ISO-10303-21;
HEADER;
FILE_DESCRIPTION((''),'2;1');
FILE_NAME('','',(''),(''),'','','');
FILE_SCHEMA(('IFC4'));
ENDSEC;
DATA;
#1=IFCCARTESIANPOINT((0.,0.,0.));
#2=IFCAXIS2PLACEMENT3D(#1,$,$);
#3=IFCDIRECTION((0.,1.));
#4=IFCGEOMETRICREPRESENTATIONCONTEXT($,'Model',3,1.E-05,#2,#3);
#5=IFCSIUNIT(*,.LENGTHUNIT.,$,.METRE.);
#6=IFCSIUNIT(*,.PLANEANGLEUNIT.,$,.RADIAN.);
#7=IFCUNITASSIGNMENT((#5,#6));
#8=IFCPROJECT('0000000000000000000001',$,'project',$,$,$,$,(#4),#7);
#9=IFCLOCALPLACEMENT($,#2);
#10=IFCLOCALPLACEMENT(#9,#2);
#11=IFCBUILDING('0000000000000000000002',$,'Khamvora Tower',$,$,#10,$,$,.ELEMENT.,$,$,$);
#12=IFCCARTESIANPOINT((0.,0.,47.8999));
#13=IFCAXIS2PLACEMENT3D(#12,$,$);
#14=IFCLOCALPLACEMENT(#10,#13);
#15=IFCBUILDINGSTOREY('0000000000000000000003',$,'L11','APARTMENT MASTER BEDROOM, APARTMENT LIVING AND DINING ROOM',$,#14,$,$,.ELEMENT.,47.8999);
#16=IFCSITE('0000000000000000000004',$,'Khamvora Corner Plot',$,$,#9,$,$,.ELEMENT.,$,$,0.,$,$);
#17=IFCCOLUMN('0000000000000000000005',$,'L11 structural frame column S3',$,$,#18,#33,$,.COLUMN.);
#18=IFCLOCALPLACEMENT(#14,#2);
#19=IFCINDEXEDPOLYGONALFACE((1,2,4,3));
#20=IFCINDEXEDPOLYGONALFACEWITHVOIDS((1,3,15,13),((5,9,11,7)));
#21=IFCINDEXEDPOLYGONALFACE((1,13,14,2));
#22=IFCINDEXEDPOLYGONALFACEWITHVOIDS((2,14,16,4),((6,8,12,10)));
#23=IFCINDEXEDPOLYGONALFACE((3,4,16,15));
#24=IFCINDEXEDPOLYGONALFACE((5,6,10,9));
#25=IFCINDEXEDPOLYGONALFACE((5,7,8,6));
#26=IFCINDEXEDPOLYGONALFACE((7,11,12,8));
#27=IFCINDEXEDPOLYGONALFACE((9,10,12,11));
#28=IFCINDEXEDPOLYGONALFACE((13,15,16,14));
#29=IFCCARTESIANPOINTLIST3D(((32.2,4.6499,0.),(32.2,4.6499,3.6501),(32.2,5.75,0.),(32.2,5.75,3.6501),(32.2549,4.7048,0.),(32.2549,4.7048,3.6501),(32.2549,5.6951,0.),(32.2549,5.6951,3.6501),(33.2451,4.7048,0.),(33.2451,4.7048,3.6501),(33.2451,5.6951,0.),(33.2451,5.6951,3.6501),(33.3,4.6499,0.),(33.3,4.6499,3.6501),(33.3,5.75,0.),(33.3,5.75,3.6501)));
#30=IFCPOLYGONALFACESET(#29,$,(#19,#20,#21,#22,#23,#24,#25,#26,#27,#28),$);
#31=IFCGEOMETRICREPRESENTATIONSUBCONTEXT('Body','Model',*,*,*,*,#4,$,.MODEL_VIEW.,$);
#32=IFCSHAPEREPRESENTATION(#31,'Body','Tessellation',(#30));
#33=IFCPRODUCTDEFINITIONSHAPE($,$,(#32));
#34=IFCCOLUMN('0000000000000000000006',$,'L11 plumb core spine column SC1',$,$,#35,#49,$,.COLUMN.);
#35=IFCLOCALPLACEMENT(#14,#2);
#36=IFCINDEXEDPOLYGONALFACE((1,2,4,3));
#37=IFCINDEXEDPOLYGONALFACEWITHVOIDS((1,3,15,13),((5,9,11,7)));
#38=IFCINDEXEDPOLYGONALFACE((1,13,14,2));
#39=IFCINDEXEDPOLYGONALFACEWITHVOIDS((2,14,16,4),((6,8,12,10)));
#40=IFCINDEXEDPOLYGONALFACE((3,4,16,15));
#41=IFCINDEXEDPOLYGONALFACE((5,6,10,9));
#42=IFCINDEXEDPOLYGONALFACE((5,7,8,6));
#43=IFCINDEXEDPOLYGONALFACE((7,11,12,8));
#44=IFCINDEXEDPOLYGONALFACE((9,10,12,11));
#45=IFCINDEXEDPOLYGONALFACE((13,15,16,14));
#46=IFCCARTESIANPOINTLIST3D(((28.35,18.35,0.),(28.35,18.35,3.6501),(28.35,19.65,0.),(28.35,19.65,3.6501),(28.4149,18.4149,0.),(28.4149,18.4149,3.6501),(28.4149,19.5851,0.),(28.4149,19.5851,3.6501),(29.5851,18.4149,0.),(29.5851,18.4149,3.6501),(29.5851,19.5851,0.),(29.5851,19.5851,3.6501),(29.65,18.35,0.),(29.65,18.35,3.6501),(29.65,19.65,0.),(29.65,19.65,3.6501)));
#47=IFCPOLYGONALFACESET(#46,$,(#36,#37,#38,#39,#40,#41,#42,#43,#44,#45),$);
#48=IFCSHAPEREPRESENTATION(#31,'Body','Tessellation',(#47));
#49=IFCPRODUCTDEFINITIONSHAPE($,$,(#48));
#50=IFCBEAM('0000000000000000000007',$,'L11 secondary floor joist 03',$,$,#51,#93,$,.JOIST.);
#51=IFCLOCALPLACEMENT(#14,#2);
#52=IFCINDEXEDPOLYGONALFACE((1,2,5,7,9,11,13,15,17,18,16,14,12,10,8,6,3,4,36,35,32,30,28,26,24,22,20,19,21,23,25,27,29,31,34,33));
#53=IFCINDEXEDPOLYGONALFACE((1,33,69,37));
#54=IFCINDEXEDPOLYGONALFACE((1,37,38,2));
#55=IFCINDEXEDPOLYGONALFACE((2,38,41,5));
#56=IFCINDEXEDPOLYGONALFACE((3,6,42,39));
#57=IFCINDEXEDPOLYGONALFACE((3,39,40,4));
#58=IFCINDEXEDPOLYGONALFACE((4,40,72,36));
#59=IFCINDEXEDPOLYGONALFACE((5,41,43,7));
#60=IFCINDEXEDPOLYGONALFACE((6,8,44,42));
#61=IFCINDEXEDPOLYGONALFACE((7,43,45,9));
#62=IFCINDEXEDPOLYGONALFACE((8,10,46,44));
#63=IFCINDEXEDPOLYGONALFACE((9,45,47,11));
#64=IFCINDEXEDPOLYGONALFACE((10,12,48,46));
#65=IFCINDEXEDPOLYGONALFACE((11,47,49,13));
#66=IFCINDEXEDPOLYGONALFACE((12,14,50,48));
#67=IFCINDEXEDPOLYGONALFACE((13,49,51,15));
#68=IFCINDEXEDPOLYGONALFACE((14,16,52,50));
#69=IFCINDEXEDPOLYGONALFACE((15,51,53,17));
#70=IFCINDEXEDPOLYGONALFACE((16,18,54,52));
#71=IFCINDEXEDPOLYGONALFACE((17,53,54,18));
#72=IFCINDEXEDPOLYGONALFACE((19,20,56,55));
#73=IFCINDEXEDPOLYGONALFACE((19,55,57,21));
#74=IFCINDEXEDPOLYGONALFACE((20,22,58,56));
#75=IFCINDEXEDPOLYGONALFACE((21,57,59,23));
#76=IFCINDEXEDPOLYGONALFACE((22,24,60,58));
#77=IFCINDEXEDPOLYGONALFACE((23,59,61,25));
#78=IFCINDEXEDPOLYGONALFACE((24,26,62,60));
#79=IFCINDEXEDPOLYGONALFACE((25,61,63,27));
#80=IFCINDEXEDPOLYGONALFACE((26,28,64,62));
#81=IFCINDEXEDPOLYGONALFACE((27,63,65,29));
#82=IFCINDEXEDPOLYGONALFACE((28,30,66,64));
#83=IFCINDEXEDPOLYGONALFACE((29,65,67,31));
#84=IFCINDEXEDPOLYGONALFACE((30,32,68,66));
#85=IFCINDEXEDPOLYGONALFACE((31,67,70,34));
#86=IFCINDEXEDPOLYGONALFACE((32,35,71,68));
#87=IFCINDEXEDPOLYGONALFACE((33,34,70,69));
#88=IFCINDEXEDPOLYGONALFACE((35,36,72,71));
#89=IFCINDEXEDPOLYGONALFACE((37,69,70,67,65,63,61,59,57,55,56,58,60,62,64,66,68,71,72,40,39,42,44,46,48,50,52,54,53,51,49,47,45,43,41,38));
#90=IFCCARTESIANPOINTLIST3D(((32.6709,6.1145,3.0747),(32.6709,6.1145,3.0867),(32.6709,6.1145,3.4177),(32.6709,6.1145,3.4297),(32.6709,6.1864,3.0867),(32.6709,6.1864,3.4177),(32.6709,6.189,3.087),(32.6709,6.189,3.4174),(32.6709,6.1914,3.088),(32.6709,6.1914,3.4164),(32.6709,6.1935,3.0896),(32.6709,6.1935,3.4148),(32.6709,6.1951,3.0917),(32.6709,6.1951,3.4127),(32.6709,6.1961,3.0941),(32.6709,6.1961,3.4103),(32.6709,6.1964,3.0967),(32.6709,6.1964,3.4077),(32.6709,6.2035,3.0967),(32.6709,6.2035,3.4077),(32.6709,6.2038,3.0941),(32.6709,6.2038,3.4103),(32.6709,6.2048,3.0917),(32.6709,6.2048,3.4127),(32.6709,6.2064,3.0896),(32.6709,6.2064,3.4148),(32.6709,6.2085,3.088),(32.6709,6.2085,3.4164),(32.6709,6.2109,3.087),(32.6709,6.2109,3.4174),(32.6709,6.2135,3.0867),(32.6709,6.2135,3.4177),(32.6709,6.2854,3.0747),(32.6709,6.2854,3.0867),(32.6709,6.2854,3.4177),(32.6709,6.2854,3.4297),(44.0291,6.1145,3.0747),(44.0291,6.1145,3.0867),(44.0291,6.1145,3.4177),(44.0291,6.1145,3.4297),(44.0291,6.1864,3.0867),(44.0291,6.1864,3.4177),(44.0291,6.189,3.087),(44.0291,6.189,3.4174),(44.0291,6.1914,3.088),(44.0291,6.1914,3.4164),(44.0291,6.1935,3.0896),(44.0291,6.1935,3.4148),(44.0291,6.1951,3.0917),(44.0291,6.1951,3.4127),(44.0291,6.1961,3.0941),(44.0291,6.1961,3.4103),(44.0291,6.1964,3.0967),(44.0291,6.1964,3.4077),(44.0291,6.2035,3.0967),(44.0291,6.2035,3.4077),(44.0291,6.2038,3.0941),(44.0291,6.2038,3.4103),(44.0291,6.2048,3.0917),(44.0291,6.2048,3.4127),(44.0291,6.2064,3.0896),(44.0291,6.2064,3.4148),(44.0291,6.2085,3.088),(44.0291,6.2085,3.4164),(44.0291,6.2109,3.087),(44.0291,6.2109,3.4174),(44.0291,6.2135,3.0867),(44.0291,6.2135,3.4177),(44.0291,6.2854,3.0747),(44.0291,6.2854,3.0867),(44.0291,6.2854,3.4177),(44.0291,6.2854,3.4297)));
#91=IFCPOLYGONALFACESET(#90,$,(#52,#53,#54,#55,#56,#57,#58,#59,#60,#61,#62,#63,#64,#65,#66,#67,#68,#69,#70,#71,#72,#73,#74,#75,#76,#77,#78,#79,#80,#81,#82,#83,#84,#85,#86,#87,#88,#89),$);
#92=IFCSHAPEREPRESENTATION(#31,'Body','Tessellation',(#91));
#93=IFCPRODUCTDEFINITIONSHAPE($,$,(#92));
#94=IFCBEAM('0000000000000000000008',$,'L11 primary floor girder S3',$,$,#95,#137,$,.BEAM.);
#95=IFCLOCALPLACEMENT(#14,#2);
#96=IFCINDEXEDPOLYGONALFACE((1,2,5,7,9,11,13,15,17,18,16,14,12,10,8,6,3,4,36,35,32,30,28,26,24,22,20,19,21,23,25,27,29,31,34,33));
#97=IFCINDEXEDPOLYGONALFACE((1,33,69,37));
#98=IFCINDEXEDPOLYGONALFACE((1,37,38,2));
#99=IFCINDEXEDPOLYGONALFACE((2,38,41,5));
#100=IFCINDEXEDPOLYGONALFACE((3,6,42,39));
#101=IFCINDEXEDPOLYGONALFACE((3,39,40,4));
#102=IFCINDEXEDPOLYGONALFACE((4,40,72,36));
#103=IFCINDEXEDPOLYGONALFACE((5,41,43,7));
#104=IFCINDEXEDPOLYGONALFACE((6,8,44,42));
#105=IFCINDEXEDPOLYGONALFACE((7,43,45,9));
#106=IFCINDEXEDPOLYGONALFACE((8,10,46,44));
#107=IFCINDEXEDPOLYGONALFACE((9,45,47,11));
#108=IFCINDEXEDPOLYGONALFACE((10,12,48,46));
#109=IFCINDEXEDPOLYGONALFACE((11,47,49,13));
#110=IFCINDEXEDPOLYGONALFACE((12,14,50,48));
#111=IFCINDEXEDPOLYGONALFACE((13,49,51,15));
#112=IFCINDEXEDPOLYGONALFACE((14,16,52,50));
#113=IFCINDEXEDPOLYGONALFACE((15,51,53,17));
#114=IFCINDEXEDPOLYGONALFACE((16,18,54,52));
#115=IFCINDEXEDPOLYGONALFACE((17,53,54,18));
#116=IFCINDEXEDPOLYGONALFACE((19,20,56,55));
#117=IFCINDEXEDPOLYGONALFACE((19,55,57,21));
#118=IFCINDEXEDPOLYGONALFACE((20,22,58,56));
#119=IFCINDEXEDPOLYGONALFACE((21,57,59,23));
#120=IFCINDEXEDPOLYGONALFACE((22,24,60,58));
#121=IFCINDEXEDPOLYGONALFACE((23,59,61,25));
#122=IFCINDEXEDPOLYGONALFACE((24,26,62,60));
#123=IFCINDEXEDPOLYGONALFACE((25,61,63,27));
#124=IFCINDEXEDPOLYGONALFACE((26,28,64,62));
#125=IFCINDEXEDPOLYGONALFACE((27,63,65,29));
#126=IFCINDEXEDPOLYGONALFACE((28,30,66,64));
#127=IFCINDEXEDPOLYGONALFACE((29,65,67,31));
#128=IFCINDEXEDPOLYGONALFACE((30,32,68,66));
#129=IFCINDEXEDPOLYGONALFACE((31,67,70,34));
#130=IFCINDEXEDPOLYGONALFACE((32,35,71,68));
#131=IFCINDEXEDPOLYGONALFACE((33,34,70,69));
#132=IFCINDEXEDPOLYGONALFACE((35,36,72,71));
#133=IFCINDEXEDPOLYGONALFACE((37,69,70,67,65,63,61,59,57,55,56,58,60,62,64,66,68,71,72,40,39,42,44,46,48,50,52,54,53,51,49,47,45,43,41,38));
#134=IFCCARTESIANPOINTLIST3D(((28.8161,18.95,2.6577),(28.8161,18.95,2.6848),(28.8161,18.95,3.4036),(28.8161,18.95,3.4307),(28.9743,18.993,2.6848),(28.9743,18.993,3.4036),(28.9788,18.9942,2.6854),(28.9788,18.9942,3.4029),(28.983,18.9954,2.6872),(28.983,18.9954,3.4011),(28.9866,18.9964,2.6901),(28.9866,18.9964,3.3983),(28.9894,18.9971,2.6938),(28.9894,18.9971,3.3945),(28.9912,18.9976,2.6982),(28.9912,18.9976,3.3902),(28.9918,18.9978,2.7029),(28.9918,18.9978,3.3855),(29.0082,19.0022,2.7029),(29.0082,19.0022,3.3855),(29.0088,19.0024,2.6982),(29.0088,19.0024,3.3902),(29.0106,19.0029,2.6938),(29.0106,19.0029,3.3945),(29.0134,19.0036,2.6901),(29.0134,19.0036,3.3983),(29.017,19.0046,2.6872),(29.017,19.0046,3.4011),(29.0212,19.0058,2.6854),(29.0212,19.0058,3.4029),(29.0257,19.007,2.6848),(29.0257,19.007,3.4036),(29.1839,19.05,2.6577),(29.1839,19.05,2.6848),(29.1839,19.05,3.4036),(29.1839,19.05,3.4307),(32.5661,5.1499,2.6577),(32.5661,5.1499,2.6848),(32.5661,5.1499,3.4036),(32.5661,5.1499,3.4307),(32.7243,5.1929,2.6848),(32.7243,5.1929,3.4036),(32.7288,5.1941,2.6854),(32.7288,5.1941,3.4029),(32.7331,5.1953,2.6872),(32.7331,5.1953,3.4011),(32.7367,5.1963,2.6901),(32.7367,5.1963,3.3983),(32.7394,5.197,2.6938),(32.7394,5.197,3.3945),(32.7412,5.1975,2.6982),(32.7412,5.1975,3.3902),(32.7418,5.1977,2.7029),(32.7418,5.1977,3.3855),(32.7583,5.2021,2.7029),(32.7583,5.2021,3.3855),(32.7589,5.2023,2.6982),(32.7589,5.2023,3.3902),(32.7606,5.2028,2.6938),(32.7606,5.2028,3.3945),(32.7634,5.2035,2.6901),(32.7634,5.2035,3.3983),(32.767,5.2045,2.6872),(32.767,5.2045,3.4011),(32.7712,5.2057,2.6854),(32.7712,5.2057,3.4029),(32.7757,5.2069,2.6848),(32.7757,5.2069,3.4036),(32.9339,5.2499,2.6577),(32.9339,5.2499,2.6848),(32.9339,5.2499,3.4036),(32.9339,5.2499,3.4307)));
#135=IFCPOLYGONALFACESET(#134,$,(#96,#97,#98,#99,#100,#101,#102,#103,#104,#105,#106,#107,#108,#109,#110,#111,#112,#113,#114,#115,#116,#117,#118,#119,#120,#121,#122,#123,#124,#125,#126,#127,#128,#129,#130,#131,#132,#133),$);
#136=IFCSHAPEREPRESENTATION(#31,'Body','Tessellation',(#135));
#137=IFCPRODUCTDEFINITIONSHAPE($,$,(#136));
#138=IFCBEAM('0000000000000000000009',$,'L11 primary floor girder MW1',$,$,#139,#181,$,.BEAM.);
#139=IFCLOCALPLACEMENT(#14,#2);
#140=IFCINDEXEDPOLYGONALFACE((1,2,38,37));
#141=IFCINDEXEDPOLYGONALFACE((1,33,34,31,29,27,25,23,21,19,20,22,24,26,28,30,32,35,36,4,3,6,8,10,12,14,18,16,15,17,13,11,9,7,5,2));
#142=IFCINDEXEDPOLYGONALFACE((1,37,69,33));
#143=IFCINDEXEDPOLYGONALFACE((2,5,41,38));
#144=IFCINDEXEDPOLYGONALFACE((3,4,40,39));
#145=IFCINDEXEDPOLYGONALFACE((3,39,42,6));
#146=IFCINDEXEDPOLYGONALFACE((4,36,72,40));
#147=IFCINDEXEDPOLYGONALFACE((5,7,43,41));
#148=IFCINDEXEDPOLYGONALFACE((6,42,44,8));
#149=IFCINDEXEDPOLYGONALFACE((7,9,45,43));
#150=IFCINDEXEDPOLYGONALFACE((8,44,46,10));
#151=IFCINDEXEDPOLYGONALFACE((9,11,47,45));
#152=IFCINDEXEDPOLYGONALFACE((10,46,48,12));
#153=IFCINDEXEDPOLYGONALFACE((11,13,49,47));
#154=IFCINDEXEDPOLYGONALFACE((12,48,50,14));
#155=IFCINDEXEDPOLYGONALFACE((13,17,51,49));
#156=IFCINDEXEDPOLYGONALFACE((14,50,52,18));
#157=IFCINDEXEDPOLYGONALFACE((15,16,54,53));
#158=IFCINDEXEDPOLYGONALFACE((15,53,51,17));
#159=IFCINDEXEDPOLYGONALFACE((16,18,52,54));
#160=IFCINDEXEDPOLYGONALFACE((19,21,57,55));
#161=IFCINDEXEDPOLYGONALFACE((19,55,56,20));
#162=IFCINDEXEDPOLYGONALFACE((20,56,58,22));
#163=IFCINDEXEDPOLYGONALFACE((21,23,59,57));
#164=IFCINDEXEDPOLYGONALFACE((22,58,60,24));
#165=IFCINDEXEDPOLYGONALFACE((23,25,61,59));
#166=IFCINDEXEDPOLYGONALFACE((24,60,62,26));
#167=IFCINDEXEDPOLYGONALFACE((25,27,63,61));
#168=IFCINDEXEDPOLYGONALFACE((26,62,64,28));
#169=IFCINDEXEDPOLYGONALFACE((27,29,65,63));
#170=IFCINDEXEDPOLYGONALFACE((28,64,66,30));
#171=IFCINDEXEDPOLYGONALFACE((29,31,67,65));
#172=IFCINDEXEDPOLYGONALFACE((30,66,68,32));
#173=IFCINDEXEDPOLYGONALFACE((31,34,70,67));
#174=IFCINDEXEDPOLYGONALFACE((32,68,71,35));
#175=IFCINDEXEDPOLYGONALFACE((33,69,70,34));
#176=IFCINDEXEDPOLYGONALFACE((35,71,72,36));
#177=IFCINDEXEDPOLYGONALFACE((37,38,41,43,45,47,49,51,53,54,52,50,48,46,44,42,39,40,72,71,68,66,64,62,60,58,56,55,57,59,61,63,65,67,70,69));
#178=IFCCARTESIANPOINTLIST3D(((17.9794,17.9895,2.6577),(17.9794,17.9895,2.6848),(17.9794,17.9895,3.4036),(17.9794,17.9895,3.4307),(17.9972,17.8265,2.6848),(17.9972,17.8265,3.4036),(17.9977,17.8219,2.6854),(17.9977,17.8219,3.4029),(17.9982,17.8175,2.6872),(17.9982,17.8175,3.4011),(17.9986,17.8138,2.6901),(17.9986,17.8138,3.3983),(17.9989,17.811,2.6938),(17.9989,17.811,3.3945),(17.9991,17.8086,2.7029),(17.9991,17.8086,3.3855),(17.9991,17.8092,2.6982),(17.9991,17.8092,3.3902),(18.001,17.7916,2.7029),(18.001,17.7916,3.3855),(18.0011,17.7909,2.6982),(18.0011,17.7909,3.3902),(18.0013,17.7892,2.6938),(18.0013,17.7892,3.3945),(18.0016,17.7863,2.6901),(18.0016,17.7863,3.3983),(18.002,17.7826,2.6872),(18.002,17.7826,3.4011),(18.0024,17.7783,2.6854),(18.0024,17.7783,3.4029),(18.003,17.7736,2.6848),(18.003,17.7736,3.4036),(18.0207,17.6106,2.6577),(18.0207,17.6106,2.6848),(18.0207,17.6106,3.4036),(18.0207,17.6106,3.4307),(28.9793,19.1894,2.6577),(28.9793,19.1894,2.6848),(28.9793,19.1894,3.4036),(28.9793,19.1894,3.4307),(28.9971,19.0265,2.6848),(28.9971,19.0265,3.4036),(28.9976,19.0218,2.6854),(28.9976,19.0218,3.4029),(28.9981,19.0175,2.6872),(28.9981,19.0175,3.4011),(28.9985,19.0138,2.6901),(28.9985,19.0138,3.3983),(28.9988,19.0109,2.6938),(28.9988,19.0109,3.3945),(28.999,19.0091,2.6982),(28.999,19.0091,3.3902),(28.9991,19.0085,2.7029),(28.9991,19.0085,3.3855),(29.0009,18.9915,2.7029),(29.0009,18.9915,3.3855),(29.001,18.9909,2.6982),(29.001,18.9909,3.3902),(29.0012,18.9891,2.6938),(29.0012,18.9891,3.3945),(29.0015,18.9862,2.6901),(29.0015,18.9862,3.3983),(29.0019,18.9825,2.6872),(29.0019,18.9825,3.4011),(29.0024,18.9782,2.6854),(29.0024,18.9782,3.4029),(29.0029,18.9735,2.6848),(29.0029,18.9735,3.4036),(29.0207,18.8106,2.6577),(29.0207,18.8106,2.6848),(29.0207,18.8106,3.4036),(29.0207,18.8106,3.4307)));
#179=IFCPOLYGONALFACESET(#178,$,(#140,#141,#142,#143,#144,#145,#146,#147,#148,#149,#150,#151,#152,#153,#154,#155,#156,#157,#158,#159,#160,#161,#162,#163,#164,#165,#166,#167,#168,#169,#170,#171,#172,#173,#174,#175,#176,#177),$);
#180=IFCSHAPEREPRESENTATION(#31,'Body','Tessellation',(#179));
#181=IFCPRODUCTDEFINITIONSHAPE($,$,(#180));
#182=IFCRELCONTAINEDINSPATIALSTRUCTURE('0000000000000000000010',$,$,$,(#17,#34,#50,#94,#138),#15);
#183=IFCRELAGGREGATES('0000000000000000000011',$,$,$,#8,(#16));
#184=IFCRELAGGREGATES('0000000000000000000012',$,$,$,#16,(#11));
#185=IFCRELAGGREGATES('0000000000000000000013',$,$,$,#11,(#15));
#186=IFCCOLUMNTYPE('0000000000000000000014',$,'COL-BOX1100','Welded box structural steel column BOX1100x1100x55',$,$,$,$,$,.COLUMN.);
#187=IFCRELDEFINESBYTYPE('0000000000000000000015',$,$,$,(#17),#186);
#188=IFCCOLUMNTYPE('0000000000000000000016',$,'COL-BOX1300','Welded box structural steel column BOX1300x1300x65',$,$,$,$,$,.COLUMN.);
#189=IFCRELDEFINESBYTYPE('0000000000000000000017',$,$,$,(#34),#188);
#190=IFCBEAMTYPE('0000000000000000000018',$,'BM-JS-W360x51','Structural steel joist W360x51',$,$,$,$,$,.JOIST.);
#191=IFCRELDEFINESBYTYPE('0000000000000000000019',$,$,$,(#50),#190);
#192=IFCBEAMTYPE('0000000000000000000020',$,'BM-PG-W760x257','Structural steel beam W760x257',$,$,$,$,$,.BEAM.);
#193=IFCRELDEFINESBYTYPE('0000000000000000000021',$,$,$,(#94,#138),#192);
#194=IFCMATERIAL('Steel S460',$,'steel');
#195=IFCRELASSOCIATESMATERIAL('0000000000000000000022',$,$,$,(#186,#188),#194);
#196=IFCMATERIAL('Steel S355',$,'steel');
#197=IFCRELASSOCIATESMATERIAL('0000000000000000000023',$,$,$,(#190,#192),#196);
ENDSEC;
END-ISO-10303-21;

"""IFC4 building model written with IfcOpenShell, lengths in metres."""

from ifc_helpers import new_model, si_unit, direction, frame, origin, origin_2d, place, context, subcontext, project, spatial, hollow_rectangle, i_section, extrude, material, material_profile, profile_set, type_object, element, save


model = new_model("IFC4")

# Units and contexts
model_context = context("Model", 3, precision=1e-05, world=origin(), true_north=direction((0.0, 1.0)))
body_context = subcontext(model_context, "Body", "Model", "MODEL_VIEW")
ifc_project = project(units=[si_unit("LENGTHUNIT", "METRE"), si_unit("PLANEANGLEUNIT", "RADIAN")], contexts=[model_context])

# Site, building, storey
site_placement = place(None, origin())
site = spatial("IfcSite", under=ifc_project, at=site_placement, Name="Khamvora Corner Plot", CompositionType="ELEMENT", RefElevation=0.0)
building_placement = place(site_placement, origin())
building = spatial("IfcBuilding", under=site, at=building_placement, Name="Khamvora Tower", CompositionType="ELEMENT")
storey_placement = place(building_placement, frame((0.0, 0.0, 47.8999)))
storey = spatial("IfcBuildingStorey", under=building, at=storey_placement, Name="L11", Description="APARTMENT MASTER BEDROOM, APARTMENT LIVING AND DINING ROOM", CompositionType="ELEMENT", Elevation=47.8999)

# Columns
ifc_material_1 = material(Name="Steel S460", Category="steel")
ifc_material_profile_1 = material_profile(ifc_material_1, hollow_rectangle(XDim=1.1001, YDim=1.1001, WallThickness=0.0549, at=origin_2d()), Name="BOX1100x1100x55")
ifc_profile_set_1 = profile_set([ifc_material_profile_1], Name="Steel S460")
column_type_1 = type_object("IfcColumnType", Name="COL-BOX1100", Description="Welded box structural steel column BOX1100x1100x55", PredefinedType="COLUMN", material=ifc_profile_set_1)
column_1_placement = place(storey_placement, frame((32.75, 5.2, 0.0), z_axis=(0.0, 0.0, 1.0), x_axis=(1.0, 0.0, 0.0)))
element("IfcColumn", 1, at=column_1_placement, inside=storey, type_object=column_type_1, Name="L11 structural frame column S3", PredefinedType="COLUMN", context=body_context, shape_type="SweptSolid", body=[
    extrude(hollow_rectangle(XDim=1.1001, YDim=1.1001, WallThickness=0.0549, at=origin_2d()), origin(), (0.0, 0.0, 1.0), 3.6501),
])
ifc_material_profile_2 = material_profile(ifc_material_1, hollow_rectangle(XDim=1.3, YDim=1.3, WallThickness=0.0649, at=origin_2d()), Name="BOX1300x1300x65")
ifc_profile_set_2 = profile_set([ifc_material_profile_2], Name="Steel S460")
column_type_2 = type_object("IfcColumnType", Name="COL-BOX1300", Description="Welded box structural steel column BOX1300x1300x65", PredefinedType="COLUMN", material=ifc_profile_set_2)
column_2_placement = place(storey_placement, frame((29.0, 19.0, 0.0), z_axis=(0.0, 0.0, 1.0), x_axis=(1.0, 0.0, 0.0)))
element("IfcColumn", 2, at=column_2_placement, inside=storey, type_object=column_type_2, Name="L11 plumb core spine column SC1", PredefinedType="COLUMN", context=body_context, shape_type="SweptSolid", body=[
    extrude(hollow_rectangle(XDim=1.3, YDim=1.3, WallThickness=0.0649, at=origin_2d()), origin(), (0.0, 0.0, 1.0), 3.6501),
])

# Beams
ifc_material_2 = material(Name="Steel S355", Category="steel")
ifc_material_profile_3 = material_profile(ifc_material_2, i_section(OverallWidth=0.1709, OverallDepth=0.355, WebThickness=0.0071, FlangeThickness=0.012, FilletRadius=0.01, at=origin_2d()), Name="W360x51")
ifc_profile_set_3 = profile_set([ifc_material_profile_3], Name="Steel S355")
beam_type_1 = type_object("IfcBeamType", Name="BM-JS-W360x51", Description="Structural steel joist W360x51", PredefinedType="JOIST", material=ifc_profile_set_3)
beam_1_placement = place(storey_placement, frame((32.6709, 6.2, 3.2522), z_axis=(1.0, 0.0, 0.0), x_axis=(0.0, 1.0, 0.0)))
element("IfcBeam", 3, at=beam_1_placement, inside=storey, type_object=beam_type_1, Name="L11 secondary floor joist 03", PredefinedType="JOIST", context=body_context, shape_type="SweptSolid", body=[
    extrude(i_section(OverallWidth=0.1709, OverallDepth=0.355, WebThickness=0.0071, FlangeThickness=0.012, FilletRadius=0.01, at=origin_2d()), origin(), (0.0, 0.0, 1.0), 11.3582),
])
ifc_material_profile_4 = material_profile(ifc_material_2, i_section(OverallWidth=0.3811, OverallDepth=0.7729, WebThickness=0.0171, FlangeThickness=0.0271, FilletRadius=0.0181, at=origin_2d()), Name="W760x257")
ifc_profile_set_4 = profile_set([ifc_material_profile_4], Name="Steel S355")
beam_type_2 = type_object("IfcBeamType", Name="BM-PG-W760x257", Description="Structural steel beam W760x257", PredefinedType="BEAM", material=ifc_profile_set_4)
beam_2_placement = place(storey_placement, frame((29.0, 19.0, 3.0442), z_axis=(0.262229, -0.965006, 0.0), x_axis=(0.965006, 0.262229, 0.0)))
element("IfcBeam", 4, at=beam_2_placement, inside=storey, type_object=beam_type_2, Name="L11 primary floor girder S3", PredefinedType="BEAM", context=body_context, shape_type="SweptSolid", body=[
    extrude(i_section(OverallWidth=0.3811, OverallDepth=0.7729, WebThickness=0.0171, FlangeThickness=0.0271, FilletRadius=0.0181, at=origin_2d()), origin(), (0.0, 0.0, 1.0), 14.3005),
])
beam_3_placement = place(storey_placement, frame((29.0, 19.0, 3.0442), z_axis=(-0.994103, -0.108443, 0.0), x_axis=(0.108443, -0.994103, 0.0)))
element("IfcBeam", 5, at=beam_3_placement, inside=storey, type_object=beam_type_2, Name="L11 primary floor girder MW1", PredefinedType="BEAM", context=body_context, shape_type="SweptSolid", body=[
    extrude(i_section(OverallWidth=0.3811, OverallDepth=0.7729, WebThickness=0.0171, FlangeThickness=0.0271, FilletRadius=0.0181, at=origin_2d()), origin(), (0.0, 0.0, 1.0), 11.0652),
])

save(model, "model.ifc")
